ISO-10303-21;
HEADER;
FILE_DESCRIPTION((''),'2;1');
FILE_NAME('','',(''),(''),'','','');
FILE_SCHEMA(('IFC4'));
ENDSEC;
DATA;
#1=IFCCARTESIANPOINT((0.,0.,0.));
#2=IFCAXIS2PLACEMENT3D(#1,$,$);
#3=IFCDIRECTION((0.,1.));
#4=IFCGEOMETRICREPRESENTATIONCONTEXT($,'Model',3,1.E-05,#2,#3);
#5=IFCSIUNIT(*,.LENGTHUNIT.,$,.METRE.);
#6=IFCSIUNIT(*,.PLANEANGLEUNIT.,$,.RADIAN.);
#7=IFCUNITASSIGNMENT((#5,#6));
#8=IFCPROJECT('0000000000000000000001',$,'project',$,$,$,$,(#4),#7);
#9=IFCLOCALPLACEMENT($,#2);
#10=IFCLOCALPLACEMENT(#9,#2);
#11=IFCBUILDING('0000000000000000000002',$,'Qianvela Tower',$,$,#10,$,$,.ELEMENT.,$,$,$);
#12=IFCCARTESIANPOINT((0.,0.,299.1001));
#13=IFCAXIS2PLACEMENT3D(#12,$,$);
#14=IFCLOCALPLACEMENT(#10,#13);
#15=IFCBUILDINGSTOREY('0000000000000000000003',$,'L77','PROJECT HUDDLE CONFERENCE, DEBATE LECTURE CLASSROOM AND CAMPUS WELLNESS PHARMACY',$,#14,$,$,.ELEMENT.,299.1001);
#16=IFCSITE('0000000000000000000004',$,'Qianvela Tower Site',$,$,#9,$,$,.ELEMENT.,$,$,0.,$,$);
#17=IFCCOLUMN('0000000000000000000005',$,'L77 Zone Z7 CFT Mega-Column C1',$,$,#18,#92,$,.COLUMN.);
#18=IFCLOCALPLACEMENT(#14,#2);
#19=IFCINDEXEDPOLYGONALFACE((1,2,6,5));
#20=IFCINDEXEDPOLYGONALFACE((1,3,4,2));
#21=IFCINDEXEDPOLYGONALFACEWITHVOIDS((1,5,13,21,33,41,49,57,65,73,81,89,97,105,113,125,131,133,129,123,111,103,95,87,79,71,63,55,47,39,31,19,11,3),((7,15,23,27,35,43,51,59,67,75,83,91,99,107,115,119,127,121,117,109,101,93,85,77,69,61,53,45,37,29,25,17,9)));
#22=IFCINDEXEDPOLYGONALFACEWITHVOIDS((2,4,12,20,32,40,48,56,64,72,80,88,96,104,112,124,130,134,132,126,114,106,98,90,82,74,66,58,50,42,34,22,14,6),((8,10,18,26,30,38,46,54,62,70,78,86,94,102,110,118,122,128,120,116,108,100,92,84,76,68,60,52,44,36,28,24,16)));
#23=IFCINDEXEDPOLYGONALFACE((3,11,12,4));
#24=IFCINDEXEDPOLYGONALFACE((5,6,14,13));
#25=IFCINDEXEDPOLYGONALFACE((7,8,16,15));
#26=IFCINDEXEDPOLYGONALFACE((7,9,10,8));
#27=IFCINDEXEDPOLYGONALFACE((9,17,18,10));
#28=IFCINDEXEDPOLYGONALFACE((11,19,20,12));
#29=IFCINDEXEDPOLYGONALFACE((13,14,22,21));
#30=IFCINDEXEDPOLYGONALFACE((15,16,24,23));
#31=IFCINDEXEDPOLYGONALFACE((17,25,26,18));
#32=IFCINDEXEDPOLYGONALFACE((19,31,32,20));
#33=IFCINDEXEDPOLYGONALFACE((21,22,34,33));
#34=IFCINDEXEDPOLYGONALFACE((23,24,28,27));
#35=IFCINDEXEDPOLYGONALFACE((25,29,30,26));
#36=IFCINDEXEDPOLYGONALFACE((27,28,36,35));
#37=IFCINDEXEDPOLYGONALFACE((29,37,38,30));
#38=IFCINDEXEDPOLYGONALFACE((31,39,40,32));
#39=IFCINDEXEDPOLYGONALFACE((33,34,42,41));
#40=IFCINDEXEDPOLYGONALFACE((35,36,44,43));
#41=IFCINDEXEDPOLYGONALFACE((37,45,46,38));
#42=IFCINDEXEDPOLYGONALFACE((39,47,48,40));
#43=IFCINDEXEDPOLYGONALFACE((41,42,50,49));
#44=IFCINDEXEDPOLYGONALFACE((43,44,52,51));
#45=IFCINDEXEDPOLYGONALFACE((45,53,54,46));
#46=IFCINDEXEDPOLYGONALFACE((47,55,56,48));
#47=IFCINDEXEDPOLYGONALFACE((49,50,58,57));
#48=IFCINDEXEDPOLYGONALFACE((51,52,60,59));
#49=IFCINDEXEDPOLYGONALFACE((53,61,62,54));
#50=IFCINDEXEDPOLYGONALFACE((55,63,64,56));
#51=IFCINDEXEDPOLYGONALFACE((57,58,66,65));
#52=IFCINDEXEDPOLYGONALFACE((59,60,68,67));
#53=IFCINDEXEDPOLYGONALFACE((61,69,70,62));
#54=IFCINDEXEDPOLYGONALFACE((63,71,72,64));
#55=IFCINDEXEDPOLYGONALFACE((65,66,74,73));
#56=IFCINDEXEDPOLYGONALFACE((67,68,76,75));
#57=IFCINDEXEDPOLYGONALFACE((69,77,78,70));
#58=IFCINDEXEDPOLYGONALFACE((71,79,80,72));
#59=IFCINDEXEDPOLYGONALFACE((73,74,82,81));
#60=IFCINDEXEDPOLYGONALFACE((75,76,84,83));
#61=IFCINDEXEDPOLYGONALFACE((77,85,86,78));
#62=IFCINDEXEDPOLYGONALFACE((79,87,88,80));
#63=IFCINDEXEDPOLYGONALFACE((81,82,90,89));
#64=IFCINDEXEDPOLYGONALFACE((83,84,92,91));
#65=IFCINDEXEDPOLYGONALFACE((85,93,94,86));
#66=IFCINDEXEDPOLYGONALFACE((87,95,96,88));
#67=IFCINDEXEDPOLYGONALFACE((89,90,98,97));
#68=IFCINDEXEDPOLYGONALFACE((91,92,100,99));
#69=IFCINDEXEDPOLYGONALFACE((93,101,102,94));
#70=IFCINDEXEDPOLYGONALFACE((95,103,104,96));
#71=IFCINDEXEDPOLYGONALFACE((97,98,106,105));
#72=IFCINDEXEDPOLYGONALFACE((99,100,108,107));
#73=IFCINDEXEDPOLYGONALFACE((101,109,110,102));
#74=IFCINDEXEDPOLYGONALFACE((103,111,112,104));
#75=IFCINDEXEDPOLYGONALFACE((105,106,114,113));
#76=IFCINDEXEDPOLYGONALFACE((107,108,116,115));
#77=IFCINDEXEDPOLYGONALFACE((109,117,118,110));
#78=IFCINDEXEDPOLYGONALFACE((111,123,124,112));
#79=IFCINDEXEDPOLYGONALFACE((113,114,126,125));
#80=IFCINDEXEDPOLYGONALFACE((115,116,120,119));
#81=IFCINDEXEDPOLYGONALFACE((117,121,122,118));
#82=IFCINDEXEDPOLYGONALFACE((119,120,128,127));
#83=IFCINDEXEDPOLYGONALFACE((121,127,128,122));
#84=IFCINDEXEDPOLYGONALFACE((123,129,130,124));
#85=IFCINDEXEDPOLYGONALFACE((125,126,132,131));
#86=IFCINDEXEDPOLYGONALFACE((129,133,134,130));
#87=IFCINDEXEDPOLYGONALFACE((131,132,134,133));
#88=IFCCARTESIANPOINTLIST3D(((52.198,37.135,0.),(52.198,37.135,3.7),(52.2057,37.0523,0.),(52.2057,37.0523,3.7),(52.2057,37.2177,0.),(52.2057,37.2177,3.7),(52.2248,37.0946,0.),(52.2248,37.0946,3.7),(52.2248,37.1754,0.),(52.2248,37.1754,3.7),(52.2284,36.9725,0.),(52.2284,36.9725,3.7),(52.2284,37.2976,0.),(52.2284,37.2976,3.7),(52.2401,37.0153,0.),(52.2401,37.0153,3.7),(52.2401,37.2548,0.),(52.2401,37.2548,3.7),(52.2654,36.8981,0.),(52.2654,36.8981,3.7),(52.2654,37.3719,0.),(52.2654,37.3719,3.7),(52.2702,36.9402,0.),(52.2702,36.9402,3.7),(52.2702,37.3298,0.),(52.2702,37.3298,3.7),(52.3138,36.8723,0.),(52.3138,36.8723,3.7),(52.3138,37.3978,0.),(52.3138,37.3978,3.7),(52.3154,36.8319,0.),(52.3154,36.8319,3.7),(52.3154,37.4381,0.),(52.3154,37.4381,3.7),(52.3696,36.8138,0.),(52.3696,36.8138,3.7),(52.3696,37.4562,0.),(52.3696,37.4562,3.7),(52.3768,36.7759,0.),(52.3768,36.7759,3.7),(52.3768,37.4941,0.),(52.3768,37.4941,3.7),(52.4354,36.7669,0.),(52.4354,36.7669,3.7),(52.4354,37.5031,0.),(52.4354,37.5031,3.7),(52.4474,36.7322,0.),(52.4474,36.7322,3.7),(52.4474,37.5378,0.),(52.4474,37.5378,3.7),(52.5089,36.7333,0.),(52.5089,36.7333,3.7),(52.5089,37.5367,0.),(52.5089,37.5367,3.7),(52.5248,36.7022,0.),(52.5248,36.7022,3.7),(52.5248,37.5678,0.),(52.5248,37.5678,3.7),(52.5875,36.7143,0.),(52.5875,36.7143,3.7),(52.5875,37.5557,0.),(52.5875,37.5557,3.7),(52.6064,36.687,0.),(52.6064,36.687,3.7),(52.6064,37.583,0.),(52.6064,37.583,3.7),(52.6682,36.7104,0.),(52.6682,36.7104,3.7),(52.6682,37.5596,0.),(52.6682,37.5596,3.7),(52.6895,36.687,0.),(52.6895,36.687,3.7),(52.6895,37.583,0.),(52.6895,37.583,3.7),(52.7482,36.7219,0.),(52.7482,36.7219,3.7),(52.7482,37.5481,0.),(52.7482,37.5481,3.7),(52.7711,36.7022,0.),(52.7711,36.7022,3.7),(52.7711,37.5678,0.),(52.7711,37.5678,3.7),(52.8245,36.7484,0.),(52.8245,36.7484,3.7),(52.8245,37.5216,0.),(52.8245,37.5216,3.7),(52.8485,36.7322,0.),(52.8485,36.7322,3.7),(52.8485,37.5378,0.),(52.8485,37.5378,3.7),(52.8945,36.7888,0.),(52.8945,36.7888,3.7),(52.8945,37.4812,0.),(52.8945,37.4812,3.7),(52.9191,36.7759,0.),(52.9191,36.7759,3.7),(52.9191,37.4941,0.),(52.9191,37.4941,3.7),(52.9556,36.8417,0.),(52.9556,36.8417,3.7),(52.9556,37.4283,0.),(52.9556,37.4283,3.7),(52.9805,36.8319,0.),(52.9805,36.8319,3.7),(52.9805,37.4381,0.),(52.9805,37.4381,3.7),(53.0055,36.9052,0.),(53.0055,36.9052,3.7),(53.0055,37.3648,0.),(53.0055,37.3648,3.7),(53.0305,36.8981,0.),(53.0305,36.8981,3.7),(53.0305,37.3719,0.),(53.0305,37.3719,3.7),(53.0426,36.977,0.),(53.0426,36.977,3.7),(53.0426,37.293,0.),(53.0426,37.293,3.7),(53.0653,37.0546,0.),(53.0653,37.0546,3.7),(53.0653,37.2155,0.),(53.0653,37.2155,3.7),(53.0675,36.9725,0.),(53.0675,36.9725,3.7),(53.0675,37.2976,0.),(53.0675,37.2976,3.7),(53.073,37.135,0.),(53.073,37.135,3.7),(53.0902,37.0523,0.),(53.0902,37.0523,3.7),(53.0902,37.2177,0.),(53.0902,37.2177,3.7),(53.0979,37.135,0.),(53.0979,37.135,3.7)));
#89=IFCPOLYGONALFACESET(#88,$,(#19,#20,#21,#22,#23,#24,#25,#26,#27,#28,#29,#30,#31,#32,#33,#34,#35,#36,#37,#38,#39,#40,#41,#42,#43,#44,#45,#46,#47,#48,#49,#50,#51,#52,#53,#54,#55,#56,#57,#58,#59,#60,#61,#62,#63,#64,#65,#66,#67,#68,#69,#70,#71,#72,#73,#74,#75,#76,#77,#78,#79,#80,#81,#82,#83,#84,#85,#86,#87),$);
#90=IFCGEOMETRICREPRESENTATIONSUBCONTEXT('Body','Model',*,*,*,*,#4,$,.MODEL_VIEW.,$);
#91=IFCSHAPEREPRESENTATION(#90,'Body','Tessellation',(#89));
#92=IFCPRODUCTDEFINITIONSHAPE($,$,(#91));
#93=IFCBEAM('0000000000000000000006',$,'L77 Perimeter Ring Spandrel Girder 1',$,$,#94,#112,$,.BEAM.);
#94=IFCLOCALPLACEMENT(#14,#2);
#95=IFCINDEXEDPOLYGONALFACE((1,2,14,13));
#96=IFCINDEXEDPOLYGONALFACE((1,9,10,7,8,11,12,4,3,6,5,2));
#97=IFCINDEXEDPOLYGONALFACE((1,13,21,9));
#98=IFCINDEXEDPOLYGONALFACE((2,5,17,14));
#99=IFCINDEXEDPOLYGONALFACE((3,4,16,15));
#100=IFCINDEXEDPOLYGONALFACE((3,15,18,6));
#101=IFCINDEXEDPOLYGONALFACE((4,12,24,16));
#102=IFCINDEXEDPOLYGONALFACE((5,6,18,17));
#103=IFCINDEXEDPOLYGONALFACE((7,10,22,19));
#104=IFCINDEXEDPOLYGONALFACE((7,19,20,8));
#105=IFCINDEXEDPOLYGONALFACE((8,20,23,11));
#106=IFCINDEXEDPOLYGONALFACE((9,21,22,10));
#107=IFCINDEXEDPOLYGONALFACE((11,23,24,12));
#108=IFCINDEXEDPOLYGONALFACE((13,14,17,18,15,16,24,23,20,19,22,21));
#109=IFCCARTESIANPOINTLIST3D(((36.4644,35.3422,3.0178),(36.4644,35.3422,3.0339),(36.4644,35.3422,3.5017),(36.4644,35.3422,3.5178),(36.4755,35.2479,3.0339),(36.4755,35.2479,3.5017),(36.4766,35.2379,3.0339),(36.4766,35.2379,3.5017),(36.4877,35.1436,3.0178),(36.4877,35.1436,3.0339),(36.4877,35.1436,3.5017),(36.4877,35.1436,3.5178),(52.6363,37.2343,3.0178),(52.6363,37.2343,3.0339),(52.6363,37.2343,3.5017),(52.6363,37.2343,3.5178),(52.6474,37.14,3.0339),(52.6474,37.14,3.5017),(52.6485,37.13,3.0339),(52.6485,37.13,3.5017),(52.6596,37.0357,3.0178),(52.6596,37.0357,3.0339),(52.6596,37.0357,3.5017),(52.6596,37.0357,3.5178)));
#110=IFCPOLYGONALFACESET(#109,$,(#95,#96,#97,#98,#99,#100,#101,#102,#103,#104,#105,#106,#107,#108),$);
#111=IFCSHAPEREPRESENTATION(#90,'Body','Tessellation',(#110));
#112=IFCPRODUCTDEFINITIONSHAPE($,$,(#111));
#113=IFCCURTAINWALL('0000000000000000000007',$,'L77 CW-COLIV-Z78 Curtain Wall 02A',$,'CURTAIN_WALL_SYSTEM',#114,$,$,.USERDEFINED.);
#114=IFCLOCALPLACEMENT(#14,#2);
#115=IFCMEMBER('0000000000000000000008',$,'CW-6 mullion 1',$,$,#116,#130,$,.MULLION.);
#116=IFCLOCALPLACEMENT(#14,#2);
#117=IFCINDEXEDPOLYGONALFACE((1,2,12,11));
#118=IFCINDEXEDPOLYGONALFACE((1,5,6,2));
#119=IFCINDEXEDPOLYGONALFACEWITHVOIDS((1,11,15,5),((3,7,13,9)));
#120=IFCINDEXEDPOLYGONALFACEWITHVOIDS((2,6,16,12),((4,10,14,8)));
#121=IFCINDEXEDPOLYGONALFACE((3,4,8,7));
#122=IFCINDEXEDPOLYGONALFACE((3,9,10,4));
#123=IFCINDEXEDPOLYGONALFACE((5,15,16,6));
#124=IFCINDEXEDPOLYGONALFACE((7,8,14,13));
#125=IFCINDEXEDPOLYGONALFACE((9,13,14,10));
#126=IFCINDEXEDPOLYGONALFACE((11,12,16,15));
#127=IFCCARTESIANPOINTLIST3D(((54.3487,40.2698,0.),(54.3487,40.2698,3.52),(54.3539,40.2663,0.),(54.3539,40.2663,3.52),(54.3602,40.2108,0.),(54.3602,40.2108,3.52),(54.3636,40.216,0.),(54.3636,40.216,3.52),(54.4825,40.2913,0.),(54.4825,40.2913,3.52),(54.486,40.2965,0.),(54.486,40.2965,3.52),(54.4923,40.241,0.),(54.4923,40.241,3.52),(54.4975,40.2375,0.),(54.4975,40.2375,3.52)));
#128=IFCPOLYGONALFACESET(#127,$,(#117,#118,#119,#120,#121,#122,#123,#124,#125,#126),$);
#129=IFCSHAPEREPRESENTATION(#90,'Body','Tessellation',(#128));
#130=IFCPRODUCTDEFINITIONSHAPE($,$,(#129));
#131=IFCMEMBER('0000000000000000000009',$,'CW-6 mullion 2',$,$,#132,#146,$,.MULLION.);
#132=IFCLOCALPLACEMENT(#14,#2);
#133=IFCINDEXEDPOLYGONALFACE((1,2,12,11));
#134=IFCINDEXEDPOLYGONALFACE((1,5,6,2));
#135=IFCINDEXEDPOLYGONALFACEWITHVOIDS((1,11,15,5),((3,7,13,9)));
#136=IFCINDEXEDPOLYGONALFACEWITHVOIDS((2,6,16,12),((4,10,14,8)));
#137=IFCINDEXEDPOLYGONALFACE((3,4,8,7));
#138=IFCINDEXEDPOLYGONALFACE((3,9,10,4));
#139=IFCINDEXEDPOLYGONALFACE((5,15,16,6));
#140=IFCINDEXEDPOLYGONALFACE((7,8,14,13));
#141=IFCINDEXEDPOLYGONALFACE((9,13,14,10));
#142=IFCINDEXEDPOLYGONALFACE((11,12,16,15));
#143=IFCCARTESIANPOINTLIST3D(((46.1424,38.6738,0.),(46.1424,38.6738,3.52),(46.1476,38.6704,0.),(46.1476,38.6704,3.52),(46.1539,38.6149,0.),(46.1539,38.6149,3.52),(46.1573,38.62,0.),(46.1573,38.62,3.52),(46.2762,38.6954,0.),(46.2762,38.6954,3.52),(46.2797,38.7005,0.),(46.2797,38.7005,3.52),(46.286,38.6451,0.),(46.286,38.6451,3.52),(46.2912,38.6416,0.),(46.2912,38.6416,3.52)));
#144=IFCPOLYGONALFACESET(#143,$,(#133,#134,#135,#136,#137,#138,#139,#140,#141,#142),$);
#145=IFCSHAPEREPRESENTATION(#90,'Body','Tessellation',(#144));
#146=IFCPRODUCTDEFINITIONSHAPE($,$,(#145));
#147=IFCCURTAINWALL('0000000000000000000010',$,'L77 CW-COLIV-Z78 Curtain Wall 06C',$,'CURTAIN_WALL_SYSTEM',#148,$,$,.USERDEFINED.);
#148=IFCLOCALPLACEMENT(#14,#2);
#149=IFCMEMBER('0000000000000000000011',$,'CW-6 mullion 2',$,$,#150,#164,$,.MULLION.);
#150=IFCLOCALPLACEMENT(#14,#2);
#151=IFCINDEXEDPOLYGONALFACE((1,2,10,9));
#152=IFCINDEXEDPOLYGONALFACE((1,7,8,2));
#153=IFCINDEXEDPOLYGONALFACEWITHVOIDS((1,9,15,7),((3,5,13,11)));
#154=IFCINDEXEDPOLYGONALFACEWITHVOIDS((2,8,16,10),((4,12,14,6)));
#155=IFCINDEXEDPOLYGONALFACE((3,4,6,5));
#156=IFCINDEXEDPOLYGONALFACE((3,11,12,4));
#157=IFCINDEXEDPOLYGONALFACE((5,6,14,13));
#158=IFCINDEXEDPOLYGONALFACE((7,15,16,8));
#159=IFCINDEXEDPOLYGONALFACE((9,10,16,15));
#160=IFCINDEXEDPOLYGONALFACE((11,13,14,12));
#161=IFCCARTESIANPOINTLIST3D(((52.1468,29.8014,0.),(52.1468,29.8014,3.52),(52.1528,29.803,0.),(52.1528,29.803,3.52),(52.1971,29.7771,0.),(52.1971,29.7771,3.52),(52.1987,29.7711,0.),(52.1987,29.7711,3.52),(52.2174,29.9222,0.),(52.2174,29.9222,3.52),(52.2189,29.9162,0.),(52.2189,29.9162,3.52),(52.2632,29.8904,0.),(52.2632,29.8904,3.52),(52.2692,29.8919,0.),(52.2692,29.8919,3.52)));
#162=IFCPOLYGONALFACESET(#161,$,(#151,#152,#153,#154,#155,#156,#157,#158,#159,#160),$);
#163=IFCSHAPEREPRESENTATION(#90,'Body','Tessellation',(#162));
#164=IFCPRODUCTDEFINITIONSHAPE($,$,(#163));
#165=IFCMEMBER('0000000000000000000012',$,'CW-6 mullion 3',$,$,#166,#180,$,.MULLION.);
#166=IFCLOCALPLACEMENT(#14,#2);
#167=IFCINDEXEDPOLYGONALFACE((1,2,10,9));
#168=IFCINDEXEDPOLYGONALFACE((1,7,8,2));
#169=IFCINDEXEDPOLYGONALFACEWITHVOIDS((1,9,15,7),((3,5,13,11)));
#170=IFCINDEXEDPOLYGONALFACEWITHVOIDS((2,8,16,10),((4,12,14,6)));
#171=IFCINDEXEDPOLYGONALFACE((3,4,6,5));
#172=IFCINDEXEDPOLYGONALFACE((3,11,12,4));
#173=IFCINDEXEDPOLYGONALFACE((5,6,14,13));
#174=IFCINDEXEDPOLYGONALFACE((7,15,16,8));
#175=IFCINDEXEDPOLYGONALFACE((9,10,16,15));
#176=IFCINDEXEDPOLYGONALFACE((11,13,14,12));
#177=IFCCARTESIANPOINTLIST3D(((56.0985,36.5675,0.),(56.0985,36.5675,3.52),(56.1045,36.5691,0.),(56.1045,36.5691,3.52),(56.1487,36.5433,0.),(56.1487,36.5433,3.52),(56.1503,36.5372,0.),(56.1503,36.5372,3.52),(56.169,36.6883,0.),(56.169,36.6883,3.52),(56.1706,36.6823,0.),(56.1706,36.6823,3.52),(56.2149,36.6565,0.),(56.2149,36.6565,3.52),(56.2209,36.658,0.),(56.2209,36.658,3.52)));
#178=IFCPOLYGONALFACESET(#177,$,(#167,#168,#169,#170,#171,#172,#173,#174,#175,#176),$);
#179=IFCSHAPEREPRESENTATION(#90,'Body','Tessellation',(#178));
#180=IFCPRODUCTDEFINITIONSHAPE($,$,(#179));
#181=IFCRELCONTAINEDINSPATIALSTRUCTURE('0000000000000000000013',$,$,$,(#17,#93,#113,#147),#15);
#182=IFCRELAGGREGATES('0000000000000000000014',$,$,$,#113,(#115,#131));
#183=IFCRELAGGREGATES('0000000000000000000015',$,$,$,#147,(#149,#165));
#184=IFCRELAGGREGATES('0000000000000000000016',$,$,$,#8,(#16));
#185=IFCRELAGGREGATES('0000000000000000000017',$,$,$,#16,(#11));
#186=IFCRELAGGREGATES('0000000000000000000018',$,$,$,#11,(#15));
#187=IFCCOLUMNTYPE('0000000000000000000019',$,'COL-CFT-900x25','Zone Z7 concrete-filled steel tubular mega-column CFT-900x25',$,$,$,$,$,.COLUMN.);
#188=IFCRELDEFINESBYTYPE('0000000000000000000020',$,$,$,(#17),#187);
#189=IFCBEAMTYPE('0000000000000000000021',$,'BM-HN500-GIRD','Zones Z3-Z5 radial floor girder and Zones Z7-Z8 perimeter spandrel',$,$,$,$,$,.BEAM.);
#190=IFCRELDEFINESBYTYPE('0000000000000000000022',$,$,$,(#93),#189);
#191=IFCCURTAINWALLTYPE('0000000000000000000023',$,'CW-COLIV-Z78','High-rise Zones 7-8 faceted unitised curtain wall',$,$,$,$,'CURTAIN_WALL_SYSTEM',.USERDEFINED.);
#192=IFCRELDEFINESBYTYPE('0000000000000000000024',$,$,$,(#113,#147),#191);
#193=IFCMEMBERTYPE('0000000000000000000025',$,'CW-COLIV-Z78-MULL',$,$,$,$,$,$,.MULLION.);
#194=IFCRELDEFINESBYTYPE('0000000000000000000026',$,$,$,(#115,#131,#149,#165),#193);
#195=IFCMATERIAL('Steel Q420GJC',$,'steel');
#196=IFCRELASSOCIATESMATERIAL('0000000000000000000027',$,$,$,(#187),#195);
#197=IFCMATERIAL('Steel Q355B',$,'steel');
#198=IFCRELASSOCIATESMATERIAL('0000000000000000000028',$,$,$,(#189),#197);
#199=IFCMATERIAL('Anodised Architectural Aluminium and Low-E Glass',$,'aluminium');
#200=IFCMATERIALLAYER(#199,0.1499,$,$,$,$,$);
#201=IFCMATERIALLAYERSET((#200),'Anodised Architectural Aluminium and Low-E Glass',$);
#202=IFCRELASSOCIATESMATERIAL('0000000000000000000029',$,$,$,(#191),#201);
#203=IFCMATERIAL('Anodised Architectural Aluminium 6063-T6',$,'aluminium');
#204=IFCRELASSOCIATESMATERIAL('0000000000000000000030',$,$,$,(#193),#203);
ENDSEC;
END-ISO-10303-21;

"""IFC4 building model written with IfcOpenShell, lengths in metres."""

from ifc_helpers import new_model, si_unit, direction, frame, origin, origin_2d, place, context, subcontext, project, spatial, hollow_rectangle, hollow_circle, i_section, extrude, material, layer, layer_set, material_profile, profile_set, type_object, element, aggregate, save


model = new_model("IFC4")

# Units and contexts
model_context = context("Model", 3, precision=1e-05, world=origin(), true_north=direction((0.0, 1.0)))
body_context = subcontext(model_context, "Body", "Model", "MODEL_VIEW")
ifc_project = project(units=[si_unit("LENGTHUNIT", "METRE"), si_unit("PLANEANGLEUNIT", "RADIAN")], contexts=[model_context])

# Site, building, storey
site_placement = place(None, origin())
site = spatial("IfcSite", under=ifc_project, at=site_placement, Name="Qianvela Tower Site", CompositionType="ELEMENT", RefElevation=0.0)
building_placement = place(site_placement, origin())
building = spatial("IfcBuilding", under=site, at=building_placement, Name="Qianvela Tower", CompositionType="ELEMENT")
storey_placement = place(building_placement, frame((0.0, 0.0, 299.1001)))
storey = spatial("IfcBuildingStorey", under=building, at=storey_placement, Name="L77", Description="PROJECT HUDDLE CONFERENCE, DEBATE LECTURE CLASSROOM AND CAMPUS WELLNESS PHARMACY", CompositionType="ELEMENT", Elevation=299.1001)

# Column
ifc_material_1 = material(Name="Steel Q420GJC", Category="steel")
ifc_material_profile_1 = material_profile(ifc_material_1, hollow_circle(Radius=0.45, WallThickness=0.0249, at=origin_2d()), Name="CFT-900x25")
ifc_profile_set_1 = profile_set([ifc_material_profile_1], Name="Steel Q420GJC")
column_type = type_object("IfcColumnType", Name="COL-CFT-900x25", Description="Zone Z7 concrete-filled steel tubular mega-column CFT-900x25", PredefinedType="COLUMN", material=ifc_profile_set_1)
column_placement = place(storey_placement, frame((52.6479, 37.135, 0.0), z_axis=(0.0, 0.0, 1.0), x_axis=(1.0, 0.0, 0.0)))
element("IfcColumn", 1, at=column_placement, inside=storey, type_object=column_type, Name="L77 Zone Z7 CFT Mega-Column C1", PredefinedType="COLUMN", context=body_context, shape_type="SweptSolid", body=[
    extrude(hollow_circle(Radius=0.45, WallThickness=0.0249, at=origin_2d()), origin(), (0.0, 0.0, 1.0), 3.7),
])

# Beam
ifc_material_2 = material(Name="Steel Q355B", Category="steel")
ifc_material_profile_2 = material_profile(ifc_material_2, i_section(OverallWidth=0.2, OverallDepth=0.5, WebThickness=0.01, FlangeThickness=0.0161, at=origin_2d()), Name="HN500x200x10x16")
ifc_profile_set_2 = profile_set([ifc_material_profile_2], Name="Steel Q355B")
beam_type = type_object("IfcBeamType", Name="BM-HN500-GIRD", Description="Zones Z3-Z5 radial floor girder and Zones Z7-Z8 perimeter spandrel", PredefinedType="BEAM", material=ifc_profile_set_2)
beam_placement = place(storey_placement, frame((52.6479, 37.135, 3.2678), z_axis=(-0.993225, -0.116206, 0.0), x_axis=(0.116206, -0.993225, 0.0)))
element("IfcBeam", 2, at=beam_placement, inside=storey, type_object=beam_type, Name="L77 Perimeter Ring Spandrel Girder 1", PredefinedType="BEAM", context=body_context, shape_type="SweptSolid", body=[
    extrude(i_section(OverallWidth=0.2, OverallDepth=0.5, WebThickness=0.01, FlangeThickness=0.0161, at=origin_2d()), origin(), (0.0, 0.0, 1.0), 16.2822),
])

# Curtain walls, members
ifc_material_3 = material(Name="Anodised Architectural Aluminium and Low-E Glass", Category="aluminium")
ifc_layer_1 = layer(ifc_material_3, 0.1499)
ifc_layer_set_1 = layer_set([ifc_layer_1], Name="Anodised Architectural Aluminium and Low-E Glass")
curtain_wall_type = type_object("IfcCurtainWallType", Name="CW-COLIV-Z78", Description="High-rise Zones 7-8 faceted unitised curtain wall", ElementType="CURTAIN_WALL_SYSTEM", PredefinedType="USERDEFINED", material=ifc_layer_set_1)
curtain_wall_1_placement = place(storey_placement, origin())
curtain_wall_1 = element("IfcCurtainWall", 3, at=curtain_wall_1_placement, inside=storey, type_object=curtain_wall_type, Name="L77 CW-COLIV-Z78 Curtain Wall 02A", ObjectType="CURTAIN_WALL_SYSTEM", PredefinedType="USERDEFINED")
ifc_material_4 = material(Name="Anodised Architectural Aluminium 6063-T6", Category="aluminium")
ifc_material_profile_3 = material_profile(ifc_material_4, hollow_rectangle(XDim=0.0601, YDim=0.1399, WallThickness=0.0044, at=origin_2d()), Name="ALU-MULL-60x140")
ifc_profile_set_3 = profile_set([ifc_material_profile_3], Name="Anodised Architectural Aluminium 6063-T6")
member_type_1 = type_object("IfcMemberType", Name="CW-COLIV-Z78-MULL", PredefinedType="MULLION", material=ifc_profile_set_3)
member_1_placement = place(storey_placement, frame((54.4231, 40.2537, 0.0), z_axis=(0.0, 0.0, 1.0), x_axis=(0.19093, -0.981604, 0.0)))
member_1 = element("IfcMember", 4, at=member_1_placement, type_object=member_type_1, Name="CW-6 mullion 1", PredefinedType="MULLION", context=body_context, shape_type="SweptSolid", body=[
    extrude(hollow_rectangle(XDim=0.0601, YDim=0.1399, WallThickness=0.0044, at=origin_2d()), origin(), (0.0, 0.0, 1.0), 3.52),
])
member_2_placement = place(storey_placement, frame((46.2168, 38.6577, 0.0), z_axis=(0.0, 0.0, 1.0), x_axis=(0.19093, -0.981604, 0.0)))
member_2 = element("IfcMember", 5, at=member_2_placement, type_object=member_type_1, Name="CW-6 mullion 2", PredefinedType="MULLION", context=body_context, shape_type="SweptSolid", body=[
    extrude(hollow_rectangle(XDim=0.0601, YDim=0.1399, WallThickness=0.0044, at=origin_2d()), origin(), (0.0, 0.0, 1.0), 3.52),
])
curtain_wall_2_placement = place(storey_placement, origin())
curtain_wall_2 = element("IfcCurtainWall", 6, at=curtain_wall_2_placement, inside=storey, type_object=curtain_wall_type, Name="L77 CW-COLIV-Z78 Curtain Wall 06C", ObjectType="CURTAIN_WALL_SYSTEM", PredefinedType="USERDEFINED")
member_3_placement = place(storey_placement, frame((52.208, 29.8467, 0.0), z_axis=(0.0, 0.0, 1.0), x_axis=(-0.86351, 0.504332, 0.0)))
member_3 = element("IfcMember", 7, at=member_3_placement, type_object=member_type_1, Name="CW-6 mullion 2", PredefinedType="MULLION", context=body_context, shape_type="SweptSolid", body=[
    extrude(hollow_rectangle(XDim=0.0601, YDim=0.1399, WallThickness=0.0044, at=origin_2d()), origin(), (0.0, 0.0, 1.0), 3.52),
])
member_4_placement = place(storey_placement, frame((56.1597, 36.6128, 0.0), z_axis=(0.0, 0.0, 1.0), x_axis=(-0.86351, 0.504332, 0.0)))
member_4 = element("IfcMember", 8, at=member_4_placement, type_object=member_type_1, Name="CW-6 mullion 3", PredefinedType="MULLION", context=body_context, shape_type="SweptSolid", body=[
    extrude(hollow_rectangle(XDim=0.0601, YDim=0.1399, WallThickness=0.0044, at=origin_2d()), origin(), (0.0, 0.0, 1.0), 3.52),
])

aggregate(curtain_wall_1, [member_1, member_2])
aggregate(curtain_wall_2, [member_3, member_4])

save(model, "model.ifc")
